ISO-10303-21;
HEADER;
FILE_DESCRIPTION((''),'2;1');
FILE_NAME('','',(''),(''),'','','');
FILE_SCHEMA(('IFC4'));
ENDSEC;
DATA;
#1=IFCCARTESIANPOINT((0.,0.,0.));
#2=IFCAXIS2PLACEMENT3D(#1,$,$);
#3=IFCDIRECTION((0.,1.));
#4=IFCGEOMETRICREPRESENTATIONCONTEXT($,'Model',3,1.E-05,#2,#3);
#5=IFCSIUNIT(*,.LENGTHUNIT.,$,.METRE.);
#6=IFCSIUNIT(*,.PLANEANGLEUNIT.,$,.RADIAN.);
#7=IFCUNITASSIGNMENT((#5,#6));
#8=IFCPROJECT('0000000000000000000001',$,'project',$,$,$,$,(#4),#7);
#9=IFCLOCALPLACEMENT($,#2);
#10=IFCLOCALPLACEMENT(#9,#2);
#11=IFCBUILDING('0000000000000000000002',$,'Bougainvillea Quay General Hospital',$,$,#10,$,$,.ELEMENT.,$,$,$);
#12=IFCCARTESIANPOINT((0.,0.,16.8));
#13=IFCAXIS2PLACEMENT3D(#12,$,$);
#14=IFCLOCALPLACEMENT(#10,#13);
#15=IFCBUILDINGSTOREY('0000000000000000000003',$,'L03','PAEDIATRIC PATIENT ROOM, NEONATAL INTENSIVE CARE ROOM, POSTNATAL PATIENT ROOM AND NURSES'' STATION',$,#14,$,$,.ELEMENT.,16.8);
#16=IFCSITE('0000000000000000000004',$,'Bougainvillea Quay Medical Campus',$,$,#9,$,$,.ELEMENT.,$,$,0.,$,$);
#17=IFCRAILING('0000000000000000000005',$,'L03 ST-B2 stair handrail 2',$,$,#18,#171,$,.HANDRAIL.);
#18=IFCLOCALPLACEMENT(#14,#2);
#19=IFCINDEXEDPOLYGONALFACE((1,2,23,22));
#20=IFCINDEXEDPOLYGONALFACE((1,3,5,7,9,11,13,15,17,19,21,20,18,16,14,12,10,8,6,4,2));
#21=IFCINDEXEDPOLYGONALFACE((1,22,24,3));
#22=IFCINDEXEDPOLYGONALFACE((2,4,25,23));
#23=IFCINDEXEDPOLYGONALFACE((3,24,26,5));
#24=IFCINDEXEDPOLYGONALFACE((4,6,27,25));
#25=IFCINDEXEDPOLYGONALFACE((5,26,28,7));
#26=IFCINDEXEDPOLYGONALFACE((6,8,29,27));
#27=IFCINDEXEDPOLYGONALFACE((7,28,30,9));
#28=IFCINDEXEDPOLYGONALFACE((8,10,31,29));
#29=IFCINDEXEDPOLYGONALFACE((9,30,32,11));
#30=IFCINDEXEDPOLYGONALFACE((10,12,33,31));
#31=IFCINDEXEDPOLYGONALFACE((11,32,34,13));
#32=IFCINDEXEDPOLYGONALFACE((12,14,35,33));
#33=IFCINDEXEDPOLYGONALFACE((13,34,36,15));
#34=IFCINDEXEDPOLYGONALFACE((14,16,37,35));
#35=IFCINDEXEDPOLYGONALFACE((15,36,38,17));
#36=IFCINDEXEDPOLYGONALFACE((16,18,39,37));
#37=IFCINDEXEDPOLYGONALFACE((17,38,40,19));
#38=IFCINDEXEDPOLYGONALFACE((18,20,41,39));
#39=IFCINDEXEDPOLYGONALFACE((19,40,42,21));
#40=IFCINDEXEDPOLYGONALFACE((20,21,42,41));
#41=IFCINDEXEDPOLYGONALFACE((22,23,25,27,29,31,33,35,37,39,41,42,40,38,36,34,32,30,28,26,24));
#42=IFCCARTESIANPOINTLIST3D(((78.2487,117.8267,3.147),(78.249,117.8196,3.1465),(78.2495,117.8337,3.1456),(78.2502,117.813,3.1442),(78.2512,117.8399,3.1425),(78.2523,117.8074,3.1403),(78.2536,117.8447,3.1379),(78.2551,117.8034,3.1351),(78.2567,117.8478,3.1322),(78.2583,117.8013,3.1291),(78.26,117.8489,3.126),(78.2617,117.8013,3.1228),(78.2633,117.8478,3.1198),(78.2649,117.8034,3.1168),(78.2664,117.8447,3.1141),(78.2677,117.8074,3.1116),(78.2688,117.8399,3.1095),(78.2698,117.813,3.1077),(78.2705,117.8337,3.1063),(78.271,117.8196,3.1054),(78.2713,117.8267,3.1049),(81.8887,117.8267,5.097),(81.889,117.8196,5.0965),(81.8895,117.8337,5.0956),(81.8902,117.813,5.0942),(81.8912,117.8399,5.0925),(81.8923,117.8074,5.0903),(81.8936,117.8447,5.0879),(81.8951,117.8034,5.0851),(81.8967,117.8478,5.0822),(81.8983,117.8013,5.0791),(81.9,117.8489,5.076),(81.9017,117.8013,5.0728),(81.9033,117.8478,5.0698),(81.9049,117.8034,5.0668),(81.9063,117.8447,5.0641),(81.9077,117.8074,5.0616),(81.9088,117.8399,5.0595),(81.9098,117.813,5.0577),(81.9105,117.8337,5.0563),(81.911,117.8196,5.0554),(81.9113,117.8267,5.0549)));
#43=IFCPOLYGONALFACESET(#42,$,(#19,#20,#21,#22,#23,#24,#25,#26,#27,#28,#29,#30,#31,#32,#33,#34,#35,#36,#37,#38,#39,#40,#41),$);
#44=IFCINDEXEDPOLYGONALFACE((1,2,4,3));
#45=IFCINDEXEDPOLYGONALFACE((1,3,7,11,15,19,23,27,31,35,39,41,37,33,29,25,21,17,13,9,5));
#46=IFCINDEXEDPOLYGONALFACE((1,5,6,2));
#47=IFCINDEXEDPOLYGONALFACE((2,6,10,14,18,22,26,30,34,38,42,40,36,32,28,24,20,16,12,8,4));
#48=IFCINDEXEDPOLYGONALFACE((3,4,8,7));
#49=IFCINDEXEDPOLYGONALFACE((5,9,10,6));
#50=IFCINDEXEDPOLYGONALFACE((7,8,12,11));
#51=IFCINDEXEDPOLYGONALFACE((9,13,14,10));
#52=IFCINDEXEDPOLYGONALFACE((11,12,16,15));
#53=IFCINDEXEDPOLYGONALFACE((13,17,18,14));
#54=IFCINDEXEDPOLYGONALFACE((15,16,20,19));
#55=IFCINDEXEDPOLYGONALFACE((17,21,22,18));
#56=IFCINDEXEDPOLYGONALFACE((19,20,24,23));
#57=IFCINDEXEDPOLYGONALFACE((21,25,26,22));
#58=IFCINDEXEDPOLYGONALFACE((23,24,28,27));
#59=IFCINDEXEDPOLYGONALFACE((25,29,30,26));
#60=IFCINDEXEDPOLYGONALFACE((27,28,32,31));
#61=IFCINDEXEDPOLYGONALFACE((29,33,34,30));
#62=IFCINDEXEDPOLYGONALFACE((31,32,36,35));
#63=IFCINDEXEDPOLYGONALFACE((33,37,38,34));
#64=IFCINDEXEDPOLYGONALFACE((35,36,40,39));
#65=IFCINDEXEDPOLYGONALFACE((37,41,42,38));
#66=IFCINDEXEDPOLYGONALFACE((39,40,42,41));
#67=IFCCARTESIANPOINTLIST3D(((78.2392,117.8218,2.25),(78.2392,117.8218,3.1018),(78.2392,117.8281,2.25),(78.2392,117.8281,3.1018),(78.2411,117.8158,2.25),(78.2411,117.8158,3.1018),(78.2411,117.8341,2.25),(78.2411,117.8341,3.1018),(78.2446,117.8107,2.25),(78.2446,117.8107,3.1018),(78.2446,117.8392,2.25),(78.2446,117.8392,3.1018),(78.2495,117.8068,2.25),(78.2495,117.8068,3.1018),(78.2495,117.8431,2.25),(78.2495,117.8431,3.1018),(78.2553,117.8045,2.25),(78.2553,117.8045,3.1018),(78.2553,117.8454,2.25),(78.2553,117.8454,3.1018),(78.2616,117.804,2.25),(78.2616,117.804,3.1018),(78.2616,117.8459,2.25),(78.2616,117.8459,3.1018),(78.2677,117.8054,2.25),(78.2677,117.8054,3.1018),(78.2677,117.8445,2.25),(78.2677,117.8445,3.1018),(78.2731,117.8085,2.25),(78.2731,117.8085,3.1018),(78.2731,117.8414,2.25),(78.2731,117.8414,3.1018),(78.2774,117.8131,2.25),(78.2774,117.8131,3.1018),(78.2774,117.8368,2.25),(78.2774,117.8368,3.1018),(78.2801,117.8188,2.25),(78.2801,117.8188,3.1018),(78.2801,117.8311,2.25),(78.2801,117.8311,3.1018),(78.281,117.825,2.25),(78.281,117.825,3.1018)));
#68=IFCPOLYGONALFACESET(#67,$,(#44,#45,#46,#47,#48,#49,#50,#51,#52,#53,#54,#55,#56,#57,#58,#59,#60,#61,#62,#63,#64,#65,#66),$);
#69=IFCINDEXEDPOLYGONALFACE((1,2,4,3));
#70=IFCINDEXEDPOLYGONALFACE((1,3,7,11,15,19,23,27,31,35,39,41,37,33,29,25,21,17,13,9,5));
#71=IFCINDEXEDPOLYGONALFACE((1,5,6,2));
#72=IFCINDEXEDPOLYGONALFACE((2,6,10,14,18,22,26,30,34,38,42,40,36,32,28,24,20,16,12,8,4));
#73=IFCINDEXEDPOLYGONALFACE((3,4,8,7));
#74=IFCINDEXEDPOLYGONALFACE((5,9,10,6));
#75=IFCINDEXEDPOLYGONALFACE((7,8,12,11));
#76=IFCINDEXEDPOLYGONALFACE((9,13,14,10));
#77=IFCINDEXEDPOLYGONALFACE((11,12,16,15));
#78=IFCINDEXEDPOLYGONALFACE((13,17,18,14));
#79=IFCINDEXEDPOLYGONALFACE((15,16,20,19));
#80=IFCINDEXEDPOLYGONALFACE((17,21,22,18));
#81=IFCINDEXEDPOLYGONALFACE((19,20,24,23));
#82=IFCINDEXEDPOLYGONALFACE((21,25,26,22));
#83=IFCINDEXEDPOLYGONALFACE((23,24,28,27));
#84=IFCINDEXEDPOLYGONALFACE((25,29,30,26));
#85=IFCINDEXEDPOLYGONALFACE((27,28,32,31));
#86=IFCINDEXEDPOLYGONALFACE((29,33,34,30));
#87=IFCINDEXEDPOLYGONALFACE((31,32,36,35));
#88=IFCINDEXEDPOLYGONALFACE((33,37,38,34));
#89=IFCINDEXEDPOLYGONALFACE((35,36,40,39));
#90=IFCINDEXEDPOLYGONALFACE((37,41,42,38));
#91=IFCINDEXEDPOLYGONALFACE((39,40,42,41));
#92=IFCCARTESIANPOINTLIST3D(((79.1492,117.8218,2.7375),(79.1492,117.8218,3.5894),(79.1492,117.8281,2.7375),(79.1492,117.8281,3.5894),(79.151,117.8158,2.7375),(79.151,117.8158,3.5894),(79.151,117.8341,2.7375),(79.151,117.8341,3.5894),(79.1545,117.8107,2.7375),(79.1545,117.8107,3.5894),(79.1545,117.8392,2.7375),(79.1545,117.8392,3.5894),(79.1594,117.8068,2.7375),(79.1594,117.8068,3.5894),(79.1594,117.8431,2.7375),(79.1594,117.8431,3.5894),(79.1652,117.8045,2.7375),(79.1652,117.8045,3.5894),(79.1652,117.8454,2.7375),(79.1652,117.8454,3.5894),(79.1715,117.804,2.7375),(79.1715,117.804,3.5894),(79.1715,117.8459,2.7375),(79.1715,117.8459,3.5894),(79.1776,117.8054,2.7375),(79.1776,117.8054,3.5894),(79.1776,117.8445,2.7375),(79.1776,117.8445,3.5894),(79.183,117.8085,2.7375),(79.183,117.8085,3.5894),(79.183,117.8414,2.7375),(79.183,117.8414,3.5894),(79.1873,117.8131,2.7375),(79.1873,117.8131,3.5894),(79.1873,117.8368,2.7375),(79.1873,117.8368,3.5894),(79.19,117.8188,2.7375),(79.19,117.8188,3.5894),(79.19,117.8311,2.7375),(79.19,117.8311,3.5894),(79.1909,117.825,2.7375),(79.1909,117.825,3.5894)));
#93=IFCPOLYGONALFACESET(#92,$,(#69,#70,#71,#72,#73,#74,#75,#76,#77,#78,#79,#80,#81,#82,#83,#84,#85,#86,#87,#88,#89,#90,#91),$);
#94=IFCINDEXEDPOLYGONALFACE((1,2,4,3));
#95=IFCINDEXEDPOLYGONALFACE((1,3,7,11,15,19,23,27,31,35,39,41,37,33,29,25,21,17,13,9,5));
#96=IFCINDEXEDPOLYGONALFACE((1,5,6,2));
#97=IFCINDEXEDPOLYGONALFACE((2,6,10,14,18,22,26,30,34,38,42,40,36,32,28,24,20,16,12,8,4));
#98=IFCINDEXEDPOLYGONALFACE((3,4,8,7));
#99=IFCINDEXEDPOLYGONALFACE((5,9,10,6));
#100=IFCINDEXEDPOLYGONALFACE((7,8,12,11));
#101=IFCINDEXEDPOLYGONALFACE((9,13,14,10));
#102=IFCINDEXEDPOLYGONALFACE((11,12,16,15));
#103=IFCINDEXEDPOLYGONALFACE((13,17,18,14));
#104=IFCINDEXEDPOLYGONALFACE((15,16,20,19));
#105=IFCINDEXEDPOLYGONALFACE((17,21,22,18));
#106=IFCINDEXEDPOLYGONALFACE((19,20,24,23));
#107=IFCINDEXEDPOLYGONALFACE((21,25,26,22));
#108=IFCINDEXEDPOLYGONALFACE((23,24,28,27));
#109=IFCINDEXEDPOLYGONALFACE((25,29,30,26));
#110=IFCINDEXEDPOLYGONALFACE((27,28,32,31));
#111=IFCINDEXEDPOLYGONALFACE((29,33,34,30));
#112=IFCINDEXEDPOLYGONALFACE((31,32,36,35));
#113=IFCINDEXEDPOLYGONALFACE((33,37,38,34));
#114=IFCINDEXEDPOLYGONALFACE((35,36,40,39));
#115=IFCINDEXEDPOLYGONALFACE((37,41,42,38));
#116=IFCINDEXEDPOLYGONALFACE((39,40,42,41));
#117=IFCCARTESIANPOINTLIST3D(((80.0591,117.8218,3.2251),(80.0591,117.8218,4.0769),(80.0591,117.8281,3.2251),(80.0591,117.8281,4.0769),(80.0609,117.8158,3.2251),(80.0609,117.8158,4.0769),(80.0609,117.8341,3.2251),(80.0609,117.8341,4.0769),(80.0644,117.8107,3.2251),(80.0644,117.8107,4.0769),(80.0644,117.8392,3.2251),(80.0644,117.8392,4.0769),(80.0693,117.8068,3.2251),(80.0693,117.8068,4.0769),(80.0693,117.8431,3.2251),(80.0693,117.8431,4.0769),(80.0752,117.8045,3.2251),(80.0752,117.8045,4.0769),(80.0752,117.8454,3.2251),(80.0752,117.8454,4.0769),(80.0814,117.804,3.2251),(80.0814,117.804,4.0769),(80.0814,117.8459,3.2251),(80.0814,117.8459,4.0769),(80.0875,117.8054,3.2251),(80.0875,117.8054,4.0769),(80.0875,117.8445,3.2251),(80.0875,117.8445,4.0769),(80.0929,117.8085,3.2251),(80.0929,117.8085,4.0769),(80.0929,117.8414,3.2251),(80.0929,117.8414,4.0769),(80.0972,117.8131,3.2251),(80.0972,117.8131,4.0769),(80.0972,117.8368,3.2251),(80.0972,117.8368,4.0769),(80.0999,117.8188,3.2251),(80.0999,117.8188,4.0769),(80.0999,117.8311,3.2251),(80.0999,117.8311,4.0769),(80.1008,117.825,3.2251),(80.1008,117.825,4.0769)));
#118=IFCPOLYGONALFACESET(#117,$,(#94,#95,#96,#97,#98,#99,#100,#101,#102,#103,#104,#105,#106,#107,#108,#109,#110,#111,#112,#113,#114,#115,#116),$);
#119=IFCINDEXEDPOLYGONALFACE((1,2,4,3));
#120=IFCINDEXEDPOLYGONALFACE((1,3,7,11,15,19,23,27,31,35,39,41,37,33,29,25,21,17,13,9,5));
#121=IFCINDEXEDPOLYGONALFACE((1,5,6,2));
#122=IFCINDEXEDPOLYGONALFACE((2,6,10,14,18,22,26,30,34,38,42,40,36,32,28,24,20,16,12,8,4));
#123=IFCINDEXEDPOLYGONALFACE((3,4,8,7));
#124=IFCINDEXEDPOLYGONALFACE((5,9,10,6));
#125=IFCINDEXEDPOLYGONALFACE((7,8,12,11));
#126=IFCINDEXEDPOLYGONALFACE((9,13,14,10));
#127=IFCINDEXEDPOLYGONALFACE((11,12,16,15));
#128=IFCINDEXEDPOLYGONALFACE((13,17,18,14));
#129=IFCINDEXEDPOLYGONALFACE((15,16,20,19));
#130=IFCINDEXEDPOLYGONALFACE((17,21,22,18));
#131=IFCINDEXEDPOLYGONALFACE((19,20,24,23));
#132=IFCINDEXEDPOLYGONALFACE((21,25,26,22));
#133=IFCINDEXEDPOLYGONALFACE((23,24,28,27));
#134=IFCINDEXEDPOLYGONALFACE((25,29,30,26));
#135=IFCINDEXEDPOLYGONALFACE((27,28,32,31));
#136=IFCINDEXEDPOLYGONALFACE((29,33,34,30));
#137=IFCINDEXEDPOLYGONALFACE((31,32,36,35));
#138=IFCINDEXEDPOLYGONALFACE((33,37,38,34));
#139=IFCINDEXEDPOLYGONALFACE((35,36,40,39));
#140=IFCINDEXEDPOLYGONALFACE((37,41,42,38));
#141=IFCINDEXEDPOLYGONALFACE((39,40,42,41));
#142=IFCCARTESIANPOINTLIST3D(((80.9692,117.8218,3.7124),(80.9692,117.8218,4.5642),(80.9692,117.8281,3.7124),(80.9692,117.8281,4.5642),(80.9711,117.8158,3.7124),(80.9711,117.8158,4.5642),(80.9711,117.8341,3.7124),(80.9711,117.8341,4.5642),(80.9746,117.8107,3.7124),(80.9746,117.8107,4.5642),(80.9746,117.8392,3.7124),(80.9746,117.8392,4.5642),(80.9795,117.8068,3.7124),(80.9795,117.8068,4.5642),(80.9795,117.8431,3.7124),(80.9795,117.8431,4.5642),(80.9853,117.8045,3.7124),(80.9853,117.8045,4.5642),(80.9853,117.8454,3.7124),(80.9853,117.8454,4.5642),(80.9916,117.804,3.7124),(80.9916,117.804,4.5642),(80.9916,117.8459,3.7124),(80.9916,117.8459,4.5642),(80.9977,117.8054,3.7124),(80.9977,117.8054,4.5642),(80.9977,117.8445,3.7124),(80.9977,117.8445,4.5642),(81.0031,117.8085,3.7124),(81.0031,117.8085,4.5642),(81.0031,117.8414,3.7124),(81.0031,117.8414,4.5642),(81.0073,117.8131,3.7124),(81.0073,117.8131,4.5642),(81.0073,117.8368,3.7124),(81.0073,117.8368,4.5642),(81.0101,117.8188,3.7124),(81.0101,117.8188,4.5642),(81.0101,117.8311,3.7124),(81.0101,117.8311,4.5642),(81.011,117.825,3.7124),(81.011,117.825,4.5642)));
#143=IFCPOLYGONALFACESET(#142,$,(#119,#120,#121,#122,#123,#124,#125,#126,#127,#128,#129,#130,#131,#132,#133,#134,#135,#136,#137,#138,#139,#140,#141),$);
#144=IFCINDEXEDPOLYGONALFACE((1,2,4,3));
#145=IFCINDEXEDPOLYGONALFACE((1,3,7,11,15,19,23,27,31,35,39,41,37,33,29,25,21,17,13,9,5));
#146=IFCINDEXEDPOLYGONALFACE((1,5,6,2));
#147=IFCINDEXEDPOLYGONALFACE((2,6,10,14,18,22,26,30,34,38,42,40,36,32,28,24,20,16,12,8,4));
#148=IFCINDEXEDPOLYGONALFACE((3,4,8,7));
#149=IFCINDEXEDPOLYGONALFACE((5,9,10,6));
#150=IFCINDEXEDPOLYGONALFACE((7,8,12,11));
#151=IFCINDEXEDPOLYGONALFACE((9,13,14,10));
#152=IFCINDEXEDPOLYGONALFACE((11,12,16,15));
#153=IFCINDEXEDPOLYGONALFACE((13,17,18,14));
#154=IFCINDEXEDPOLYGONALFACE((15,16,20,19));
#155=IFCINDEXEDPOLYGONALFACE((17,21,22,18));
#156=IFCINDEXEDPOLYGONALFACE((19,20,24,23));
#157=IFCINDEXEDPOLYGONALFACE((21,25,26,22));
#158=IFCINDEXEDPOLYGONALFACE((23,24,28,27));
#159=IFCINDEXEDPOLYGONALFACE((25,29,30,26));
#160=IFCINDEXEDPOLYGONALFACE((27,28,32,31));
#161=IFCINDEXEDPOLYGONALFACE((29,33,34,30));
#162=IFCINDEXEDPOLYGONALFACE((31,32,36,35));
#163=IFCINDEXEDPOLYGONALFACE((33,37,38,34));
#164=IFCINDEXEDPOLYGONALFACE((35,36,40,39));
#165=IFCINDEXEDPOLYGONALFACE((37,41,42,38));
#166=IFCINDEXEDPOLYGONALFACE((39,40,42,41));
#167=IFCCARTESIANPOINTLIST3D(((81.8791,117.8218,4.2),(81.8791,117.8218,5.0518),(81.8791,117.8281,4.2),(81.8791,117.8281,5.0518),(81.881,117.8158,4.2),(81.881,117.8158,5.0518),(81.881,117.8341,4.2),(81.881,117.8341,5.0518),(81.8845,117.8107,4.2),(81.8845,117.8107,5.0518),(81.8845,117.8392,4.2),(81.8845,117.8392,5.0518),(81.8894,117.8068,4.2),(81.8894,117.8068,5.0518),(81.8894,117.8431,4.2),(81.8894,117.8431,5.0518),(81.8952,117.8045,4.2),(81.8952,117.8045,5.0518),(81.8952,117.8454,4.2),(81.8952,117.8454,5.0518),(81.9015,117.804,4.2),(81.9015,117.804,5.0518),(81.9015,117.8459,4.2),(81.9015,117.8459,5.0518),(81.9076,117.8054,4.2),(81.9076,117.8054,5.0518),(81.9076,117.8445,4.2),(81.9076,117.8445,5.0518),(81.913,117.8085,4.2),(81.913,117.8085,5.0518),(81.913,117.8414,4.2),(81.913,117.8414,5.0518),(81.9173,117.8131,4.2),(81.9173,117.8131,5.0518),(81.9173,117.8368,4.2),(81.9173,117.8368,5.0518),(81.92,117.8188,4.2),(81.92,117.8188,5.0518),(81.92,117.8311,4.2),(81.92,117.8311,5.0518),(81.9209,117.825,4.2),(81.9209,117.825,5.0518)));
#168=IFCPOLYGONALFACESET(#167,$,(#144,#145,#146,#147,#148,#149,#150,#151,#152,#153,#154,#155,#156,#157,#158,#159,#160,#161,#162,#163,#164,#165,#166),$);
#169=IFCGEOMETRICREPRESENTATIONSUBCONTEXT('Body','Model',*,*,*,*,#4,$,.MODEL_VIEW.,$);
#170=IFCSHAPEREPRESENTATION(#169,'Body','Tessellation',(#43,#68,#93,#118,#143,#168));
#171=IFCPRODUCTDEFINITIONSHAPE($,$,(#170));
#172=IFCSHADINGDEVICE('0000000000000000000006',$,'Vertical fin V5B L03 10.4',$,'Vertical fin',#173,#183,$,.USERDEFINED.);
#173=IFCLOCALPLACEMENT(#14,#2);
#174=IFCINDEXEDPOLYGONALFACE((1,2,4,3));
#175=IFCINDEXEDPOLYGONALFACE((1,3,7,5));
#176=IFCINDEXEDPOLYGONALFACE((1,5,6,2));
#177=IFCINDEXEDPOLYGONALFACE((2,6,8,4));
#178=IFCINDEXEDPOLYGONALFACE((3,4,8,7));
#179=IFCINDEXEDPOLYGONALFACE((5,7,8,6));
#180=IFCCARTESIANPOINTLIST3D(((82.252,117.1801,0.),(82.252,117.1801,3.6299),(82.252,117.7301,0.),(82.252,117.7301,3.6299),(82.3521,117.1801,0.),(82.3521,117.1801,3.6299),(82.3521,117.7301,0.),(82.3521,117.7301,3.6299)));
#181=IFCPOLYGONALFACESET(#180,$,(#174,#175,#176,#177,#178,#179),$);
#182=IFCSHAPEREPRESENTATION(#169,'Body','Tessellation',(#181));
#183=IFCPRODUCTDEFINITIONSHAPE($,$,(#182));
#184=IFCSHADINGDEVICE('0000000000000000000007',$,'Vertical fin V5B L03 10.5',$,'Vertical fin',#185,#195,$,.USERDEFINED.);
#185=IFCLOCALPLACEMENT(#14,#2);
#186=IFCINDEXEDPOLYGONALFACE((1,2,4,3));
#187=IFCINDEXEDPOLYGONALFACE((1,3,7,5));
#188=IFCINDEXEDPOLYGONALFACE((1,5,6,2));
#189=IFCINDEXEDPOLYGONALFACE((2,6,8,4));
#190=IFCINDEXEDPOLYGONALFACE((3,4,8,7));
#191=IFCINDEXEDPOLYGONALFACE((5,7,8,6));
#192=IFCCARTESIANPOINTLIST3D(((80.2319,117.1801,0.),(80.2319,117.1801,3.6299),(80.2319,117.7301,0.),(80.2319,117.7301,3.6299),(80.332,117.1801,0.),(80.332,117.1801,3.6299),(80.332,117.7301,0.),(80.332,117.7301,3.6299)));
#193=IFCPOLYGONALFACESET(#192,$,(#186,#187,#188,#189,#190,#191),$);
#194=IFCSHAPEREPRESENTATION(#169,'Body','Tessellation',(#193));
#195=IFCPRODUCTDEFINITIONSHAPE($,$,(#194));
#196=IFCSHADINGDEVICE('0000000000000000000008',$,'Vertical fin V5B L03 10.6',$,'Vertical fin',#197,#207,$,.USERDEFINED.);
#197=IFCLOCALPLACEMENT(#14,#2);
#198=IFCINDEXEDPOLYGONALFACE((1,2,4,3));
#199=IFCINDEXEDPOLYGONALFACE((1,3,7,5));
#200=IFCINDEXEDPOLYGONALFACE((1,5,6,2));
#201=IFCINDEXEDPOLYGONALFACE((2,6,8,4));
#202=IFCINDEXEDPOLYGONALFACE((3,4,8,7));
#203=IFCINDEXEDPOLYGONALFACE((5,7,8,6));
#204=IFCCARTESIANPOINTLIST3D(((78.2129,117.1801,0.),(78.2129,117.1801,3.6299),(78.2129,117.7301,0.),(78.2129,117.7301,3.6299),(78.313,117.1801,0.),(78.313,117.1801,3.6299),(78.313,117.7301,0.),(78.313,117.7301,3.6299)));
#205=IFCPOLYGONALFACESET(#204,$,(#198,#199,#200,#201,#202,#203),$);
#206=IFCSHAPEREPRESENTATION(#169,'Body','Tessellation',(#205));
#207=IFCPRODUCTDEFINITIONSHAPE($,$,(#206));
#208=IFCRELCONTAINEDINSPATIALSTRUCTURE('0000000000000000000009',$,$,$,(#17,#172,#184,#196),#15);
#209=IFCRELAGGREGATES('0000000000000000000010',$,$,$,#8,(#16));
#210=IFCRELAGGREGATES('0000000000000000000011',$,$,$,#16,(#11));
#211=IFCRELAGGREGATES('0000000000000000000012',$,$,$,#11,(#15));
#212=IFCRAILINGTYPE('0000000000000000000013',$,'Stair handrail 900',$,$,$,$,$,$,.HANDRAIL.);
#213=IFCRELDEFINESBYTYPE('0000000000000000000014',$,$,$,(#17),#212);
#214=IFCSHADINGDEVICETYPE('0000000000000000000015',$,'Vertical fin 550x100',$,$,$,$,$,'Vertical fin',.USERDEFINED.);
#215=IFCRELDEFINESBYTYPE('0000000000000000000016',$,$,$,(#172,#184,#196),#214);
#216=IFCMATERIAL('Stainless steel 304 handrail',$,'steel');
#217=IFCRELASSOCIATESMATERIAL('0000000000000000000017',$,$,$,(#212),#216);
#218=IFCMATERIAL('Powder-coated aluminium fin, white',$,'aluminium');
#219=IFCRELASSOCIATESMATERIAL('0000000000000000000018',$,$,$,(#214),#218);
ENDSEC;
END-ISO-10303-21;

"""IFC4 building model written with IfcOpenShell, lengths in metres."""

from ifc_helpers import new_model, si_unit, direction, frame, origin, origin_2d, place, context, subcontext, project, spatial, rectangle, circle, extrude, material, material_profile, profile_set, type_object, element, save


model = new_model("IFC4")

# Units and contexts
model_context = context("Model", 3, precision=1e-05, world=origin(), true_north=direction((0.0, 1.0)))
body_context = subcontext(model_context, "Body", "Model", "MODEL_VIEW")
ifc_project = project(units=[si_unit("LENGTHUNIT", "METRE"), si_unit("PLANEANGLEUNIT", "RADIAN")], contexts=[model_context])

# Site, building, storey
site_placement = place(None, origin())
site = spatial("IfcSite", under=ifc_project, at=site_placement, Name="Bougainvillea Quay Medical Campus", CompositionType="ELEMENT", RefElevation=0.0)
building_placement = place(site_placement, origin())
building = spatial("IfcBuilding", under=site, at=building_placement, Name="Bougainvillea Quay General Hospital", CompositionType="ELEMENT")
storey_placement = place(building_placement, frame((0.0, 0.0, 16.8)))
storey = spatial("IfcBuildingStorey", under=building, at=storey_placement, Name="L03", Description="PAEDIATRIC PATIENT ROOM, NEONATAL INTENSIVE CARE ROOM, POSTNATAL PATIENT ROOM AND NURSES' STATION", CompositionType="ELEMENT", Elevation=16.8)

# Railing
ifc_material_1 = material(Name="Stainless steel 304 handrail", Category="steel")
railing_type_1 = type_object("IfcRailingType", Name="Stair handrail 900", PredefinedType="HANDRAIL", material=ifc_material_1)
railing_1_placement = place(storey_placement, frame((78.26, 117.825, 2.25)))
element("IfcRailing", 1, at=railing_1_placement, inside=storey, type_object=railing_type_1, Name="L03 ST-B2 stair handrail 2", PredefinedType="HANDRAIL", context=body_context, shape_type="SweptSolid", body=[
    extrude(circle(Radius=0.0239, at=origin_2d()), frame((0.0, 0.0, 0.876), z_axis=(0.881479, 0.0, 0.472223), x_axis=(0.0, 1.0, 0.0)), (0.0, 0.0, 1.0), 4.1294),
    extrude(circle(Radius=0.021, at=origin_2d()), origin(), (0.0, 0.0, 1.0), 0.8518),
    extrude(circle(Radius=0.021, at=origin_2d()), frame((0.9099, 0.0, 0.4875)), (0.0, 0.0, 1.0), 0.8518),
    extrude(circle(Radius=0.021, at=origin_2d()), frame((1.8198, 0.0, 0.9751)), (0.0, 0.0, 1.0), 0.8518),
    extrude(circle(Radius=0.021, at=origin_2d()), frame((2.73, 0.0, 1.4624)), (0.0, 0.0, 1.0), 0.8518),
    extrude(circle(Radius=0.021, at=origin_2d()), frame((3.6399, 0.0, 1.95)), (0.0, 0.0, 1.0), 0.8518),
])

# Shading devices
ifc_material_2 = material(Name="Powder-coated aluminium fin, white", Category="aluminium")
ifc_material_profile_1 = material_profile(ifc_material_2, rectangle(XDim=0.55, YDim=0.1001, at=origin_2d()))
ifc_profile_set_1 = profile_set([ifc_material_profile_1], Name="Powder-coated aluminium fin, white")
shading_device_type = type_object("IfcShadingDeviceType", Name="Vertical fin 550x100", ElementType="Vertical fin", PredefinedType="USERDEFINED", material=ifc_profile_set_1)
for number, where, z_axis, x_axis, name in (
    (2, (82.302, 117.4551, 0.0), (0.0, 0.0, 1.0), (0.0, -1.0, 0.0), "Vertical fin V5B L03 10.4"),
    (3, (80.282, 117.4551, 0.0), (0.0, 0.0, 1.0), (0.0, -1.0, 0.0), "Vertical fin V5B L03 10.5"),
    (4, (78.2629, 117.4551, 0.0), (0.0, 0.0, 1.0), (0.0, -1.0, 0.0), "Vertical fin V5B L03 10.6"),
):
    element("IfcShadingDevice", number, at=place(storey_placement, frame(where, z_axis=z_axis, x_axis=x_axis)), inside=storey, type_object=shading_device_type, Name=name, ObjectType="Vertical fin", PredefinedType="USERDEFINED", context=body_context, shape_type="SweptSolid", body=[
        extrude(rectangle(XDim=0.55, YDim=0.1001, at=origin_2d()), origin(), (0.0, 0.0, 1.0), 3.6299),
    ])

save(model, "model.ifc")
